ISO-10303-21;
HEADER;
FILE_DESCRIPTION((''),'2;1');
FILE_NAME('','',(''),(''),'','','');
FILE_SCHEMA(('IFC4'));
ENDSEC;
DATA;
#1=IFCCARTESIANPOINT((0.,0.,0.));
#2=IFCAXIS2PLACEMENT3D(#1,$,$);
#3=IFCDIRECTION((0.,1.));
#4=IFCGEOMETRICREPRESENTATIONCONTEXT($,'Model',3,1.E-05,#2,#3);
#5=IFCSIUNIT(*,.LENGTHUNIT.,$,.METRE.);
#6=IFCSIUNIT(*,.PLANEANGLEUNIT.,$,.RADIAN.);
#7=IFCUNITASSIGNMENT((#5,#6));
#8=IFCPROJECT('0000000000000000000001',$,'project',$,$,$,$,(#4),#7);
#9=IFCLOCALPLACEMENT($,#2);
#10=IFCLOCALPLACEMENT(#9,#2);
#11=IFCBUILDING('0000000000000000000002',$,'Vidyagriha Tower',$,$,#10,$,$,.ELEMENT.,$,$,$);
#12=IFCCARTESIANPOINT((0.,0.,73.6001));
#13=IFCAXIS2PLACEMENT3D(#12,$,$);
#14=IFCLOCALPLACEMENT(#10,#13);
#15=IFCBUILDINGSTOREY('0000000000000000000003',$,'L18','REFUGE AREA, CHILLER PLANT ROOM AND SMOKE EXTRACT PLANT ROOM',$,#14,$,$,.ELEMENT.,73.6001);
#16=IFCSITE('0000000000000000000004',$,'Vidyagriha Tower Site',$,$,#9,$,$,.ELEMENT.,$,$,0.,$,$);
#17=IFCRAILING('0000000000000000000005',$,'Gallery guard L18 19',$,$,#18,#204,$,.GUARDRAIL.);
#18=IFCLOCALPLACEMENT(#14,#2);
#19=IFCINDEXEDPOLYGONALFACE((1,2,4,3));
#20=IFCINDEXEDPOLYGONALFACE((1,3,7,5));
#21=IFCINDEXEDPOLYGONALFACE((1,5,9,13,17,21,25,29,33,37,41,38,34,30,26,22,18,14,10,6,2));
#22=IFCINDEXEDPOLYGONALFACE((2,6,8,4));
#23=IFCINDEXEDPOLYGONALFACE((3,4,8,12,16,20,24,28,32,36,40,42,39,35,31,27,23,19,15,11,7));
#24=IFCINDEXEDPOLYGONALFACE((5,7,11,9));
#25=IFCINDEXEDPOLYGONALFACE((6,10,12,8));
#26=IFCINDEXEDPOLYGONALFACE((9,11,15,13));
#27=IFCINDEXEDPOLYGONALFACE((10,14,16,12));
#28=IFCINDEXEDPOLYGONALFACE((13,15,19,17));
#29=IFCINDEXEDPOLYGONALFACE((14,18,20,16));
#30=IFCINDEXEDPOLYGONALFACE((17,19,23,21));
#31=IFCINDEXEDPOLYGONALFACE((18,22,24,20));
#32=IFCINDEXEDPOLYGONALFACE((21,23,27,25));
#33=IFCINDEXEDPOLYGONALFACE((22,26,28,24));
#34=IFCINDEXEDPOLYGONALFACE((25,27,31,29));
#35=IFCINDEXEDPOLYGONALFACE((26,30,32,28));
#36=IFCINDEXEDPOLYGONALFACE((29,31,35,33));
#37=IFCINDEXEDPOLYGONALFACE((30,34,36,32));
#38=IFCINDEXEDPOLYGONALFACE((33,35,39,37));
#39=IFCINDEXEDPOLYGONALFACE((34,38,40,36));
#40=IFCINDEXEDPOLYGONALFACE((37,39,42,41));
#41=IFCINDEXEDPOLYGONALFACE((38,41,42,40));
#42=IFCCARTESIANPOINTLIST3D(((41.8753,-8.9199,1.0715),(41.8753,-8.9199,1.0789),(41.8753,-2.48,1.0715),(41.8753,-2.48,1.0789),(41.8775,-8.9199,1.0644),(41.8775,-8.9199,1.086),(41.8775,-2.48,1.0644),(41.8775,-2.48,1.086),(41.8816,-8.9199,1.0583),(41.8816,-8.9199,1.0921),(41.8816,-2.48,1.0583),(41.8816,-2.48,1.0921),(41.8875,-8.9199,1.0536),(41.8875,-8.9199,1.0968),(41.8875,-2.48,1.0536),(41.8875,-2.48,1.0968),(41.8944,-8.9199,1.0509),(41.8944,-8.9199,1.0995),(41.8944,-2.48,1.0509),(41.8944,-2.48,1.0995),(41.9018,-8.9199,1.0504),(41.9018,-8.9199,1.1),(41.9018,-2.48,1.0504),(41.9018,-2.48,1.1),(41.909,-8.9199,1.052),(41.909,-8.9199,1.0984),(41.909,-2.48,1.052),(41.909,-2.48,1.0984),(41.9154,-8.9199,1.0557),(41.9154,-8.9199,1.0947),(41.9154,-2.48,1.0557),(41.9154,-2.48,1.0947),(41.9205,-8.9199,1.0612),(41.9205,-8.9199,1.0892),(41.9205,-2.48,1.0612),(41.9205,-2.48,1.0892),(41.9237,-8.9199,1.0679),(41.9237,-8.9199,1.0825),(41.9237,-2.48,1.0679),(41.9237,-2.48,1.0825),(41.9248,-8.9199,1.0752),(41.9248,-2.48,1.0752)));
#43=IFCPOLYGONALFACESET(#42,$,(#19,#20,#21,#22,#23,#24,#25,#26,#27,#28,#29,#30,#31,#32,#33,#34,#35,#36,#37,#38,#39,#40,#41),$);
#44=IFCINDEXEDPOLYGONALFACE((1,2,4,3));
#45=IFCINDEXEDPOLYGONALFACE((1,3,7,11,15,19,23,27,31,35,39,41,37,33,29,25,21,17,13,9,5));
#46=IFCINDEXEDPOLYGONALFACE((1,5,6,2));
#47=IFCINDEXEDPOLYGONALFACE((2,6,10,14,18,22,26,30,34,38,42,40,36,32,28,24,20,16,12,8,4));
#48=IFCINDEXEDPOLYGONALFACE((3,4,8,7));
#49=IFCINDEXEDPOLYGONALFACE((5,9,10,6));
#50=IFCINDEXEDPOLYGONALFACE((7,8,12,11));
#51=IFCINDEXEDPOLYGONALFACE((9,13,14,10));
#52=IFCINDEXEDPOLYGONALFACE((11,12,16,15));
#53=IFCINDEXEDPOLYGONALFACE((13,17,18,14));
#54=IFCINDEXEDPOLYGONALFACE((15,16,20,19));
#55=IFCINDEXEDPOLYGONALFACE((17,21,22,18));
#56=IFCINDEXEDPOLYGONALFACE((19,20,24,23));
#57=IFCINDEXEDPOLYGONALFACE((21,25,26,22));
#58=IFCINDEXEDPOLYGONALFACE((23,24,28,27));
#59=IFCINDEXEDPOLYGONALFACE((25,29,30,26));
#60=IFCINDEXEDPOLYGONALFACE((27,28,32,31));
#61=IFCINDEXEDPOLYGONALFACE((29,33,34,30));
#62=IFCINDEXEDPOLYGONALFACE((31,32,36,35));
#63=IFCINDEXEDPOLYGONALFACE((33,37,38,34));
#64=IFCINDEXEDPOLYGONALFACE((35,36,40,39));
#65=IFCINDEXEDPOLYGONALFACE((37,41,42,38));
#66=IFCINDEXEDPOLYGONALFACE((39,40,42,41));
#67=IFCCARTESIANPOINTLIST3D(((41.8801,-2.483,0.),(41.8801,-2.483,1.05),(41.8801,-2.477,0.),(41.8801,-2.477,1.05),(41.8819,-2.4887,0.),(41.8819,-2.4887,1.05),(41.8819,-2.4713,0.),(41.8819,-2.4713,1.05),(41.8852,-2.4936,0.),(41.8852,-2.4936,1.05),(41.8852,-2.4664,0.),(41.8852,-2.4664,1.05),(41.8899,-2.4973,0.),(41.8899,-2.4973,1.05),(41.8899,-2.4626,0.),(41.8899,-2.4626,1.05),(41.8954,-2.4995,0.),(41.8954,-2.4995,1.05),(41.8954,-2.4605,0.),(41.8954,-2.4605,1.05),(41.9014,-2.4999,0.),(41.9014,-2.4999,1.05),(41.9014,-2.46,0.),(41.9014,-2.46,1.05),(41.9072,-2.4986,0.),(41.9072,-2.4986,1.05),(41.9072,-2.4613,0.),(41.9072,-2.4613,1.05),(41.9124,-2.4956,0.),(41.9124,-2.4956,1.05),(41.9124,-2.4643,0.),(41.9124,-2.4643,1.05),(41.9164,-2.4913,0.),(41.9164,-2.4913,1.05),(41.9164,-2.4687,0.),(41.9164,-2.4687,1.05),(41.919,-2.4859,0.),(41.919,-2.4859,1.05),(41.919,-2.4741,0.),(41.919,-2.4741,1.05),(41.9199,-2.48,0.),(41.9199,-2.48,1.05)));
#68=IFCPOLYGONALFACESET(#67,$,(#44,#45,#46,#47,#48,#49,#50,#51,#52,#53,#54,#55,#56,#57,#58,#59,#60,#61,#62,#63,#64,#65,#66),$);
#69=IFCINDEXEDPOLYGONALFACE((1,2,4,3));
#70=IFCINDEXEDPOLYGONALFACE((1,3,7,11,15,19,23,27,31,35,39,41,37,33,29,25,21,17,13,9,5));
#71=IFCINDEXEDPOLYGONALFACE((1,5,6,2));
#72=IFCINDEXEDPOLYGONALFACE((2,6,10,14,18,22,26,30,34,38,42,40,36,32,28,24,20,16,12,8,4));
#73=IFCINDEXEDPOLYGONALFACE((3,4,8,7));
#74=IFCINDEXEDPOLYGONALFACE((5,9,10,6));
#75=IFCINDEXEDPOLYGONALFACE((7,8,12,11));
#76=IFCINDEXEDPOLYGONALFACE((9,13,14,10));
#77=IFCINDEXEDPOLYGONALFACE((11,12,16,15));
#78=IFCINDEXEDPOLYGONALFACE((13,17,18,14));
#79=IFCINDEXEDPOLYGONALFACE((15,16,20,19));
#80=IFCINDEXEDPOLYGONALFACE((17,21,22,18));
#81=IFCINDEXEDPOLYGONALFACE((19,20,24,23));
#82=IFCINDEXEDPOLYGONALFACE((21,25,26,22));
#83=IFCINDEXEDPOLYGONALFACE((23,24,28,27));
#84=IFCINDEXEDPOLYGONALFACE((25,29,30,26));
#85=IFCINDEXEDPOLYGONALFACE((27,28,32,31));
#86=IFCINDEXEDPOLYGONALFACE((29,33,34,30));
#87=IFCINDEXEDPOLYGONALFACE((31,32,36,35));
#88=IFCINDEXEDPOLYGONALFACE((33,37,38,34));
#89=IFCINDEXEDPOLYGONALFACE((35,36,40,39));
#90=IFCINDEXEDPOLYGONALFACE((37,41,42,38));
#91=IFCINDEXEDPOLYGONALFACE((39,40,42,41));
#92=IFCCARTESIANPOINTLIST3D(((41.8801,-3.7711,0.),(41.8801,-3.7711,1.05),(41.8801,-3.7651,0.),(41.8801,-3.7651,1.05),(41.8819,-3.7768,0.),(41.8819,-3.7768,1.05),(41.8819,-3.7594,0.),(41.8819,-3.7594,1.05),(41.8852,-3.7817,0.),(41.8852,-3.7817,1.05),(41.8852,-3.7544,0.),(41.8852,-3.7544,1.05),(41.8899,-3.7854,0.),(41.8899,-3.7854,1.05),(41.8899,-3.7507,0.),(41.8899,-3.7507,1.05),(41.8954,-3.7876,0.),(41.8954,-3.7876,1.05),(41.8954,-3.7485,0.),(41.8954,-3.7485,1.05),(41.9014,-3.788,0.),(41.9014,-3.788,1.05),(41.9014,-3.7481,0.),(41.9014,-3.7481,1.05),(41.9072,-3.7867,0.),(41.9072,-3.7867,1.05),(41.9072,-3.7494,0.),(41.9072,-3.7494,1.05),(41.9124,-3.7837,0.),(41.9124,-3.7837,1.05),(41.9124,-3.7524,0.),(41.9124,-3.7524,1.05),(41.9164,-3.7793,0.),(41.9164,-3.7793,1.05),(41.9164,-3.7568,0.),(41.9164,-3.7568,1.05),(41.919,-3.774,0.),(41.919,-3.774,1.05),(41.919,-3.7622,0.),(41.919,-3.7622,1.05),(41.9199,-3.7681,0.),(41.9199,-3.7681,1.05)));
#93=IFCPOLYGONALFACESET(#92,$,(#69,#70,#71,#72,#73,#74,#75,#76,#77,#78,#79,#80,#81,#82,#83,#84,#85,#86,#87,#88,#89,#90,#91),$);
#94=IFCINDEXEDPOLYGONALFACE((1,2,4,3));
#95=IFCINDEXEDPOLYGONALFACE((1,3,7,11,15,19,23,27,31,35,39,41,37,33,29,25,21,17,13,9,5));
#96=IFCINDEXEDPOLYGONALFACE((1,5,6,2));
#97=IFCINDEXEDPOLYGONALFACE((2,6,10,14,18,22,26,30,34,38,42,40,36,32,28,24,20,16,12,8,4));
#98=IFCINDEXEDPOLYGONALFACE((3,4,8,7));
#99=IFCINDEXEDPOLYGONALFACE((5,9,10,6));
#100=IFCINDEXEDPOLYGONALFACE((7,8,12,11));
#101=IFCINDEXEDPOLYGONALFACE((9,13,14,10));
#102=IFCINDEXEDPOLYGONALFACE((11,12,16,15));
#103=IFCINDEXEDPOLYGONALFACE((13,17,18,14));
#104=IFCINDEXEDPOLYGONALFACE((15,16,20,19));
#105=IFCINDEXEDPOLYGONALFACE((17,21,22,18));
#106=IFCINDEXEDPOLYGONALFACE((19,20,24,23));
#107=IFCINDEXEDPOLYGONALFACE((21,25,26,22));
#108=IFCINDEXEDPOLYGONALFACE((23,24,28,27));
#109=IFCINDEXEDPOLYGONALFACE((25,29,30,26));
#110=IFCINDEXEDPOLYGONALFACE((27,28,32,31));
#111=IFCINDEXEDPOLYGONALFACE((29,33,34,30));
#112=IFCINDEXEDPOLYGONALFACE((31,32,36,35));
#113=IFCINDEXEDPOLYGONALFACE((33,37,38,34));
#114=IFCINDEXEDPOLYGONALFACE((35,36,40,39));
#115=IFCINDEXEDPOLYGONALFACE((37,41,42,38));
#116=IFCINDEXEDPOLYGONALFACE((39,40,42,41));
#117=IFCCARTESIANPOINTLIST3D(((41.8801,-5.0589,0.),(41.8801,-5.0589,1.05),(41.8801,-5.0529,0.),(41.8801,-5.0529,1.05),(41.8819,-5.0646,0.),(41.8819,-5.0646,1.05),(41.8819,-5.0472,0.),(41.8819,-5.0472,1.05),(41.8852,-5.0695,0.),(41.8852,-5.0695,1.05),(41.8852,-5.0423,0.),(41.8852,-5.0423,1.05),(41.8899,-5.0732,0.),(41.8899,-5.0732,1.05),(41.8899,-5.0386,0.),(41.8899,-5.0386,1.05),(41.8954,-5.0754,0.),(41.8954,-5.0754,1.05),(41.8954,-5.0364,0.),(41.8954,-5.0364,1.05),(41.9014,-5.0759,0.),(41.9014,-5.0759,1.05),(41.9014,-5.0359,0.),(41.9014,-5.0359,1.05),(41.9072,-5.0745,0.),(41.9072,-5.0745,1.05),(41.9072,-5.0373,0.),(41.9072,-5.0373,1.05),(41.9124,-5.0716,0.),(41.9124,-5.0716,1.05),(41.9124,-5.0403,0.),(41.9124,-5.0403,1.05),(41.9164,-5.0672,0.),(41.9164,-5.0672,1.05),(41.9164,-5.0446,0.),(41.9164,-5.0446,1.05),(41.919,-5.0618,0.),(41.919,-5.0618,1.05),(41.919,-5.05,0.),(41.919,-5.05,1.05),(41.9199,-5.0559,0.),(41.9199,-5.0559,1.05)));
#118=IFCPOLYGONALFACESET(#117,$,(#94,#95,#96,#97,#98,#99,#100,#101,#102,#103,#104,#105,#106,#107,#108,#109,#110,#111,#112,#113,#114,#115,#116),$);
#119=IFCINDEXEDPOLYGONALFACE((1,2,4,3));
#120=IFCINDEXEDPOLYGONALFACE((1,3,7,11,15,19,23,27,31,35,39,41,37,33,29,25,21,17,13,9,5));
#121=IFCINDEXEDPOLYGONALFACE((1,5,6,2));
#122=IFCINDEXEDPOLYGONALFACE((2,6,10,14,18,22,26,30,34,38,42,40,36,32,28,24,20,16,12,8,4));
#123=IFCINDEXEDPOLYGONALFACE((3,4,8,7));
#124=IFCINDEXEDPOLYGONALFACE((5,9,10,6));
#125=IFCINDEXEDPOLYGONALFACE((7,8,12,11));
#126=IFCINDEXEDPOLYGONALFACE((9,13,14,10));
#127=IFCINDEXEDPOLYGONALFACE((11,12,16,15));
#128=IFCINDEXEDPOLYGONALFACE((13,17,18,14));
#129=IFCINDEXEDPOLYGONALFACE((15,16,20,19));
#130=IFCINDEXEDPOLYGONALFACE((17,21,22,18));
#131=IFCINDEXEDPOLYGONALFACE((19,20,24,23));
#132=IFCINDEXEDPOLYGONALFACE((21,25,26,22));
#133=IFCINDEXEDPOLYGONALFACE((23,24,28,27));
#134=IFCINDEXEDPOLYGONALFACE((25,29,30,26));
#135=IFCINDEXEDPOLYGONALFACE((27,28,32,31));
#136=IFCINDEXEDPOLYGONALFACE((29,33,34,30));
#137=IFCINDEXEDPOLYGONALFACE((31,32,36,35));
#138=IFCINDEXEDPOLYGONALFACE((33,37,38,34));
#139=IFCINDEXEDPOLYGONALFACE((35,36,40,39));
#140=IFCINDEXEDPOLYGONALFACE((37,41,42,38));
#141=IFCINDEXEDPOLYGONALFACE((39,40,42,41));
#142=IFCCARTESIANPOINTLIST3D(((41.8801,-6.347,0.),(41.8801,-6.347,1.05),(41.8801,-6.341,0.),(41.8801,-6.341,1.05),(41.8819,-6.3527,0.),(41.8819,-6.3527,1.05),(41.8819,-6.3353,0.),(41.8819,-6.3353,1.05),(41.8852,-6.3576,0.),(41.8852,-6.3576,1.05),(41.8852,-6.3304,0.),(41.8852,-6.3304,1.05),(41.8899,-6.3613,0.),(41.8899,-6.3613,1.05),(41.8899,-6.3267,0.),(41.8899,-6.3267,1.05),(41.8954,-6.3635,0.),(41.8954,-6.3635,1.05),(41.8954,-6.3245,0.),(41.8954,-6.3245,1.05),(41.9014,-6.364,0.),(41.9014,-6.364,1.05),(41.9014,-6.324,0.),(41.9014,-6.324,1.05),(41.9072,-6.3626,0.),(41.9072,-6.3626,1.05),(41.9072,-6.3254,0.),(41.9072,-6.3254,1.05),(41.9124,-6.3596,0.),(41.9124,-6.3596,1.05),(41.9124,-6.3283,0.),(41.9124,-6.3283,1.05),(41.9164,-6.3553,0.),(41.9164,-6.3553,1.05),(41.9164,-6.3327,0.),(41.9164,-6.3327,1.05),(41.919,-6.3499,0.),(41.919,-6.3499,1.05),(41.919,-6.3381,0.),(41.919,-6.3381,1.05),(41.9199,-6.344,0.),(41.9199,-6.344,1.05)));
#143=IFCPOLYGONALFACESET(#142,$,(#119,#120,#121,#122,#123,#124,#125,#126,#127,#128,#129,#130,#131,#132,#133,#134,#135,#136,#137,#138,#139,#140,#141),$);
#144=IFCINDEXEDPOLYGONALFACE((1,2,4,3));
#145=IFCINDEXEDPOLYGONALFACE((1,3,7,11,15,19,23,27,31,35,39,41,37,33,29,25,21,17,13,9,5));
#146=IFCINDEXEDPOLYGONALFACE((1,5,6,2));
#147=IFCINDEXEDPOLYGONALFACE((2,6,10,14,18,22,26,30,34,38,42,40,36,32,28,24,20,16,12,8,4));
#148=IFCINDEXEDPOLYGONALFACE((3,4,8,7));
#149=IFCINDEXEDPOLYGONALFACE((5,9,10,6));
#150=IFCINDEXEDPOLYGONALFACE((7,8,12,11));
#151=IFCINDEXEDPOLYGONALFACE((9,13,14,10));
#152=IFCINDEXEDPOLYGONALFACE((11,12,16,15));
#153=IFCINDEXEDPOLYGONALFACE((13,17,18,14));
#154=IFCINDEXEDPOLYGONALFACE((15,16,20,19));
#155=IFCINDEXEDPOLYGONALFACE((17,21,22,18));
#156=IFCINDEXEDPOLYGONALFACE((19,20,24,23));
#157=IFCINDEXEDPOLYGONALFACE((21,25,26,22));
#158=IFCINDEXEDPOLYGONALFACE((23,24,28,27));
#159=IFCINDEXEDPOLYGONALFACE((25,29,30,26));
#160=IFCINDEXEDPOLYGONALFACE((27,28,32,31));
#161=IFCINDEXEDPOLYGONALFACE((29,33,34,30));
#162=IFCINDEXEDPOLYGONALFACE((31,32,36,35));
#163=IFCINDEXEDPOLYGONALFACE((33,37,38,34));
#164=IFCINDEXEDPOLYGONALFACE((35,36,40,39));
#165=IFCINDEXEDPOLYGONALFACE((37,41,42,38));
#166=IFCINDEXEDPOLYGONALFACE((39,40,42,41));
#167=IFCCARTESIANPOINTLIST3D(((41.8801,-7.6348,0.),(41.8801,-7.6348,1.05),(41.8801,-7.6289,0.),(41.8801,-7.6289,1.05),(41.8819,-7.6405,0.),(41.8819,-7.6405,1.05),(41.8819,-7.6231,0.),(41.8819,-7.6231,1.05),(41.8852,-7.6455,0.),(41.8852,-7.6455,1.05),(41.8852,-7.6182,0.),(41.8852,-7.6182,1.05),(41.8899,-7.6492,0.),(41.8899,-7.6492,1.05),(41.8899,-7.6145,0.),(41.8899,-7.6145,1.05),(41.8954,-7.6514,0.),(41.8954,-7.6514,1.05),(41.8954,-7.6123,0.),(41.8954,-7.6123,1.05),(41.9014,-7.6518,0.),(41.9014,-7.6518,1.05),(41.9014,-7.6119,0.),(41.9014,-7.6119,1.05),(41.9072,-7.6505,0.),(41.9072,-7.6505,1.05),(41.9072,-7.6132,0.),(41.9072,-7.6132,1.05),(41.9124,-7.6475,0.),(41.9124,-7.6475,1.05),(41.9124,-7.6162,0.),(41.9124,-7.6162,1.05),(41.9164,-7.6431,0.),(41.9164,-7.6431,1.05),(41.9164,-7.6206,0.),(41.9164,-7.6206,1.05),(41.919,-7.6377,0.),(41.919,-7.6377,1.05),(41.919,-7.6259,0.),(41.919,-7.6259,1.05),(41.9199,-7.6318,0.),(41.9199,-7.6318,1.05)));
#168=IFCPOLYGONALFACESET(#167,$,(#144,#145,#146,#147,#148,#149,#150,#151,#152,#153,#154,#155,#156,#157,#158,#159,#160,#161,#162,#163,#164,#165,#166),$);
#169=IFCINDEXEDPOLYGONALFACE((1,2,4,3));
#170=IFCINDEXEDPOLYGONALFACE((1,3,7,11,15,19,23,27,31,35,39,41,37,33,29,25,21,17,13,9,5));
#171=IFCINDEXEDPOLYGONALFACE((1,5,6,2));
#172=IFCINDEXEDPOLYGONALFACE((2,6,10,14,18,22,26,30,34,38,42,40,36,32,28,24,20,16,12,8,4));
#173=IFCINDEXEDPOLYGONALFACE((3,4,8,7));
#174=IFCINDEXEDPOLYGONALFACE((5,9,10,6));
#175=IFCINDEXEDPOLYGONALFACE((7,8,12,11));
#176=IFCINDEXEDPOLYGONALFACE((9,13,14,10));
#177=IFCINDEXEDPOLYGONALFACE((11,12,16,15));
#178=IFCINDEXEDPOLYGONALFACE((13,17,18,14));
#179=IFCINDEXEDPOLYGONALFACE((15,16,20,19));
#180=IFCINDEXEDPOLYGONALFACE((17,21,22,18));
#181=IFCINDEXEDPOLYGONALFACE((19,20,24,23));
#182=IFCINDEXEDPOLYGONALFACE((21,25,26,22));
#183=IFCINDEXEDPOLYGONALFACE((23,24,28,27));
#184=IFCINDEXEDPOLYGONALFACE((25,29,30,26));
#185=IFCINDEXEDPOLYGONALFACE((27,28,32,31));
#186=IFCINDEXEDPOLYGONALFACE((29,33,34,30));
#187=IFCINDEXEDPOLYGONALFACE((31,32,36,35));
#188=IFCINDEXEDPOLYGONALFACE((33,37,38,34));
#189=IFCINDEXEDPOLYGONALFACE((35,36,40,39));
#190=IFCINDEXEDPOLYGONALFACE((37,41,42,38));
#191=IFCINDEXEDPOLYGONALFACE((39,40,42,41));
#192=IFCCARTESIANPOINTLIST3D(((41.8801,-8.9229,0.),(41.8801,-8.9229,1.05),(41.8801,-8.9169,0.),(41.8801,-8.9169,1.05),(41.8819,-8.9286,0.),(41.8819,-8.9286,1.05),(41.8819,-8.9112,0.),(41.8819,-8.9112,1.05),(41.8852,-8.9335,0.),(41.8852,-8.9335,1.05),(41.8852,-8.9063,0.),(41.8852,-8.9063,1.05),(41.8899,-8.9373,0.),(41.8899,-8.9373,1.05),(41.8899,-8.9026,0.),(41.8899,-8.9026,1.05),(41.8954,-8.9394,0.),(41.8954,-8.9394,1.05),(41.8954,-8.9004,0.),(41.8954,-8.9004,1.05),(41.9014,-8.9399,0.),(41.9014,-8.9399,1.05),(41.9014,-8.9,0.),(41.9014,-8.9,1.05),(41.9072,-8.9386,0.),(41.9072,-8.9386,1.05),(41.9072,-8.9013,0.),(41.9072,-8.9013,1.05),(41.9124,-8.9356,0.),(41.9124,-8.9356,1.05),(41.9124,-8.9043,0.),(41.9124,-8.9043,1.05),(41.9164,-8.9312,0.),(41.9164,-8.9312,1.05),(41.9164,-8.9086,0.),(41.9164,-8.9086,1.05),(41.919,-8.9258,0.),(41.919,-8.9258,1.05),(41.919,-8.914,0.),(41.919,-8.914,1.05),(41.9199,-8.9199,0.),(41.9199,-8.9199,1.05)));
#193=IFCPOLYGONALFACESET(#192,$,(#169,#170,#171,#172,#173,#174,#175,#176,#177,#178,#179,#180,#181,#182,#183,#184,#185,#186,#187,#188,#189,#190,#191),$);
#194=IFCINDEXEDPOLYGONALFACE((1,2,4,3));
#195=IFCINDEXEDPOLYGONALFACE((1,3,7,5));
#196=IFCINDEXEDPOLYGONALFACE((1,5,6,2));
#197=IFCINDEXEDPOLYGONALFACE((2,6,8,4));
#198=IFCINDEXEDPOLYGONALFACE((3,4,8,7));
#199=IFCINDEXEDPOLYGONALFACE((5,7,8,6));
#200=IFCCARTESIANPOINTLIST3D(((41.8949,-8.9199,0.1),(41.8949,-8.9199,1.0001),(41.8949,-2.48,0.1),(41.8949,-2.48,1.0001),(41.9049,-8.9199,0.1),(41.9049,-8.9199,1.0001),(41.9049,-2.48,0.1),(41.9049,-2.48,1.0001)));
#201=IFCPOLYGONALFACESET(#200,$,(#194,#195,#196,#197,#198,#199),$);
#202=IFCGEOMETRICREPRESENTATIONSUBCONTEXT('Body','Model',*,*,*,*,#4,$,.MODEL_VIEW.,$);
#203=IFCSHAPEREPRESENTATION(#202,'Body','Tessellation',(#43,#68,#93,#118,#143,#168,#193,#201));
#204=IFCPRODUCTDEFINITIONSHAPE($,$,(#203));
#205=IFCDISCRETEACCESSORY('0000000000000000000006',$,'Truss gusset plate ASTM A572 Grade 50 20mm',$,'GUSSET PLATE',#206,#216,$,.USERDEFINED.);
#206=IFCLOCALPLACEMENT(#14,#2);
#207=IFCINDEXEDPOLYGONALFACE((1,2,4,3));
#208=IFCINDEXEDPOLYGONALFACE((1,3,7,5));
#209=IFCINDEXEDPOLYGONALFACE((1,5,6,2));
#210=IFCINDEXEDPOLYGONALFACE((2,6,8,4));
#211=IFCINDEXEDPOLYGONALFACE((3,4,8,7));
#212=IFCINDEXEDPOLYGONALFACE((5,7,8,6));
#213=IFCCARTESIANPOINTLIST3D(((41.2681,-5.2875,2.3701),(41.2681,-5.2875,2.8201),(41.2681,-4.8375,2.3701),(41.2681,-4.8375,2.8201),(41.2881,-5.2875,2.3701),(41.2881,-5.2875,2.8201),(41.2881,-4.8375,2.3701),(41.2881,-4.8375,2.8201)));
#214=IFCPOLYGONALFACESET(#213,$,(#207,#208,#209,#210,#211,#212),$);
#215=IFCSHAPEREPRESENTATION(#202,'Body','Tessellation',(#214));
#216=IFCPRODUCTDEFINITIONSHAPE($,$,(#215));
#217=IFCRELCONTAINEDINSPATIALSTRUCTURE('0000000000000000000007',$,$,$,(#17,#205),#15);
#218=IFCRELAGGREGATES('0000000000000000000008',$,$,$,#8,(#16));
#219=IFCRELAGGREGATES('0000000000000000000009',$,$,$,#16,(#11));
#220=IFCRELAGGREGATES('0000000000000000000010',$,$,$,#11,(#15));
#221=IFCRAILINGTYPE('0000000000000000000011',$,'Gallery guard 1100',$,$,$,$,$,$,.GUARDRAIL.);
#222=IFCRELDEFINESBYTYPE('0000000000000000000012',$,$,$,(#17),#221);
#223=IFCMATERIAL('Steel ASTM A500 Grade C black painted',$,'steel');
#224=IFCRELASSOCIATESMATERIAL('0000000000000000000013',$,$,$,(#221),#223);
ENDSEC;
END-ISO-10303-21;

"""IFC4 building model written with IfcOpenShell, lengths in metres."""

from ifc_helpers import new_model, si_unit, direction, frame, origin, origin_2d, place, context, subcontext, project, spatial, rectangle, circle, extrude, material, type_object, element, save


model = new_model("IFC4")

# Units and contexts
model_context = context("Model", 3, precision=1e-05, world=origin(), true_north=direction((0.0, 1.0)))
body_context = subcontext(model_context, "Body", "Model", "MODEL_VIEW")
ifc_project = project(units=[si_unit("LENGTHUNIT", "METRE"), si_unit("PLANEANGLEUNIT", "RADIAN")], contexts=[model_context])

# Site, building, storey
site_placement = place(None, origin())
site = spatial("IfcSite", under=ifc_project, at=site_placement, Name="Vidyagriha Tower Site", CompositionType="ELEMENT", RefElevation=0.0)
building_placement = place(site_placement, origin())
building = spatial("IfcBuilding", under=site, at=building_placement, Name="Vidyagriha Tower", CompositionType="ELEMENT")
storey_placement = place(building_placement, frame((0.0, 0.0, 73.6001)))
storey = spatial("IfcBuildingStorey", under=building, at=storey_placement, Name="L18", Description="REFUGE AREA, CHILLER PLANT ROOM AND SMOKE EXTRACT PLANT ROOM", CompositionType="ELEMENT", Elevation=73.6001)

# Railing
ifc_material_1 = material(Name="Steel ASTM A500 Grade C black painted", Category="steel")
railing_type = type_object("IfcRailingType", Name="Gallery guard 1100", PredefinedType="GUARDRAIL", material=ifc_material_1)
railing_placement = place(storey_placement, frame((41.8999, -2.48, 0.0)))
element("IfcRailing", 1, at=railing_placement, inside=storey, type_object=railing_type, Name="Gallery guard L18 19", PredefinedType="GUARDRAIL", context=body_context, shape_type="SweptSolid", body=[
    extrude(circle(Radius=0.0249, at=origin_2d()), frame((0.0, 0.0, 1.0752), z_axis=(0.0, -1.0, 0.0), x_axis=(1.0, 0.0, 0.0)), (0.0, 0.0, 1.0), 6.4399),
    extrude(circle(Radius=0.02, at=origin_2d()), origin(), (0.0, 0.0, 1.0), 1.05),
    extrude(circle(Radius=0.02, at=origin_2d()), frame((0.0, -1.2881, 0.0)), (0.0, 0.0, 1.0), 1.05),
    extrude(circle(Radius=0.02, at=origin_2d()), frame((0.0, -2.5759, 0.0)), (0.0, 0.0, 1.0), 1.05),
    extrude(circle(Radius=0.02, at=origin_2d()), frame((0.0, -3.864, 0.0)), (0.0, 0.0, 1.0), 1.05),
    extrude(circle(Radius=0.02, at=origin_2d()), frame((0.0, -5.1519, 0.0)), (0.0, 0.0, 1.0), 1.05),
    extrude(circle(Radius=0.02, at=origin_2d()), frame((0.0, -6.4399, 0.0)), (0.0, 0.0, 1.0), 1.05),
    extrude(rectangle(XDim=0.01, YDim=0.9001, at=origin_2d()), frame((0.0, 0.0, 0.55), z_axis=(0.0, -1.0, 0.0), x_axis=(1.0, 0.0, 0.0)), (0.0, 0.0, 1.0), 6.4399),
])

# Discrete accessory
for number, where, z_axis, x_axis, name in (
    (2, (41.2781, -5.0625, 2.3701), (0.0, 0.0, 1.0), (0.0, 1.0, 0.0), "Truss gusset plate ASTM A572 Grade 50 20mm"),
):
    element("IfcDiscreteAccessory", number, at=place(storey_placement, frame(where, z_axis=z_axis, x_axis=x_axis)), inside=storey, Name=name, ObjectType="GUSSET PLATE", PredefinedType="USERDEFINED", context=body_context, shape_type="SweptSolid", body=[
        extrude(rectangle(XDim=0.45, YDim=0.02, at=origin_2d()), origin(), (0.0, 0.0, 1.0), 0.45),
    ])

save(model, "model.ifc")
